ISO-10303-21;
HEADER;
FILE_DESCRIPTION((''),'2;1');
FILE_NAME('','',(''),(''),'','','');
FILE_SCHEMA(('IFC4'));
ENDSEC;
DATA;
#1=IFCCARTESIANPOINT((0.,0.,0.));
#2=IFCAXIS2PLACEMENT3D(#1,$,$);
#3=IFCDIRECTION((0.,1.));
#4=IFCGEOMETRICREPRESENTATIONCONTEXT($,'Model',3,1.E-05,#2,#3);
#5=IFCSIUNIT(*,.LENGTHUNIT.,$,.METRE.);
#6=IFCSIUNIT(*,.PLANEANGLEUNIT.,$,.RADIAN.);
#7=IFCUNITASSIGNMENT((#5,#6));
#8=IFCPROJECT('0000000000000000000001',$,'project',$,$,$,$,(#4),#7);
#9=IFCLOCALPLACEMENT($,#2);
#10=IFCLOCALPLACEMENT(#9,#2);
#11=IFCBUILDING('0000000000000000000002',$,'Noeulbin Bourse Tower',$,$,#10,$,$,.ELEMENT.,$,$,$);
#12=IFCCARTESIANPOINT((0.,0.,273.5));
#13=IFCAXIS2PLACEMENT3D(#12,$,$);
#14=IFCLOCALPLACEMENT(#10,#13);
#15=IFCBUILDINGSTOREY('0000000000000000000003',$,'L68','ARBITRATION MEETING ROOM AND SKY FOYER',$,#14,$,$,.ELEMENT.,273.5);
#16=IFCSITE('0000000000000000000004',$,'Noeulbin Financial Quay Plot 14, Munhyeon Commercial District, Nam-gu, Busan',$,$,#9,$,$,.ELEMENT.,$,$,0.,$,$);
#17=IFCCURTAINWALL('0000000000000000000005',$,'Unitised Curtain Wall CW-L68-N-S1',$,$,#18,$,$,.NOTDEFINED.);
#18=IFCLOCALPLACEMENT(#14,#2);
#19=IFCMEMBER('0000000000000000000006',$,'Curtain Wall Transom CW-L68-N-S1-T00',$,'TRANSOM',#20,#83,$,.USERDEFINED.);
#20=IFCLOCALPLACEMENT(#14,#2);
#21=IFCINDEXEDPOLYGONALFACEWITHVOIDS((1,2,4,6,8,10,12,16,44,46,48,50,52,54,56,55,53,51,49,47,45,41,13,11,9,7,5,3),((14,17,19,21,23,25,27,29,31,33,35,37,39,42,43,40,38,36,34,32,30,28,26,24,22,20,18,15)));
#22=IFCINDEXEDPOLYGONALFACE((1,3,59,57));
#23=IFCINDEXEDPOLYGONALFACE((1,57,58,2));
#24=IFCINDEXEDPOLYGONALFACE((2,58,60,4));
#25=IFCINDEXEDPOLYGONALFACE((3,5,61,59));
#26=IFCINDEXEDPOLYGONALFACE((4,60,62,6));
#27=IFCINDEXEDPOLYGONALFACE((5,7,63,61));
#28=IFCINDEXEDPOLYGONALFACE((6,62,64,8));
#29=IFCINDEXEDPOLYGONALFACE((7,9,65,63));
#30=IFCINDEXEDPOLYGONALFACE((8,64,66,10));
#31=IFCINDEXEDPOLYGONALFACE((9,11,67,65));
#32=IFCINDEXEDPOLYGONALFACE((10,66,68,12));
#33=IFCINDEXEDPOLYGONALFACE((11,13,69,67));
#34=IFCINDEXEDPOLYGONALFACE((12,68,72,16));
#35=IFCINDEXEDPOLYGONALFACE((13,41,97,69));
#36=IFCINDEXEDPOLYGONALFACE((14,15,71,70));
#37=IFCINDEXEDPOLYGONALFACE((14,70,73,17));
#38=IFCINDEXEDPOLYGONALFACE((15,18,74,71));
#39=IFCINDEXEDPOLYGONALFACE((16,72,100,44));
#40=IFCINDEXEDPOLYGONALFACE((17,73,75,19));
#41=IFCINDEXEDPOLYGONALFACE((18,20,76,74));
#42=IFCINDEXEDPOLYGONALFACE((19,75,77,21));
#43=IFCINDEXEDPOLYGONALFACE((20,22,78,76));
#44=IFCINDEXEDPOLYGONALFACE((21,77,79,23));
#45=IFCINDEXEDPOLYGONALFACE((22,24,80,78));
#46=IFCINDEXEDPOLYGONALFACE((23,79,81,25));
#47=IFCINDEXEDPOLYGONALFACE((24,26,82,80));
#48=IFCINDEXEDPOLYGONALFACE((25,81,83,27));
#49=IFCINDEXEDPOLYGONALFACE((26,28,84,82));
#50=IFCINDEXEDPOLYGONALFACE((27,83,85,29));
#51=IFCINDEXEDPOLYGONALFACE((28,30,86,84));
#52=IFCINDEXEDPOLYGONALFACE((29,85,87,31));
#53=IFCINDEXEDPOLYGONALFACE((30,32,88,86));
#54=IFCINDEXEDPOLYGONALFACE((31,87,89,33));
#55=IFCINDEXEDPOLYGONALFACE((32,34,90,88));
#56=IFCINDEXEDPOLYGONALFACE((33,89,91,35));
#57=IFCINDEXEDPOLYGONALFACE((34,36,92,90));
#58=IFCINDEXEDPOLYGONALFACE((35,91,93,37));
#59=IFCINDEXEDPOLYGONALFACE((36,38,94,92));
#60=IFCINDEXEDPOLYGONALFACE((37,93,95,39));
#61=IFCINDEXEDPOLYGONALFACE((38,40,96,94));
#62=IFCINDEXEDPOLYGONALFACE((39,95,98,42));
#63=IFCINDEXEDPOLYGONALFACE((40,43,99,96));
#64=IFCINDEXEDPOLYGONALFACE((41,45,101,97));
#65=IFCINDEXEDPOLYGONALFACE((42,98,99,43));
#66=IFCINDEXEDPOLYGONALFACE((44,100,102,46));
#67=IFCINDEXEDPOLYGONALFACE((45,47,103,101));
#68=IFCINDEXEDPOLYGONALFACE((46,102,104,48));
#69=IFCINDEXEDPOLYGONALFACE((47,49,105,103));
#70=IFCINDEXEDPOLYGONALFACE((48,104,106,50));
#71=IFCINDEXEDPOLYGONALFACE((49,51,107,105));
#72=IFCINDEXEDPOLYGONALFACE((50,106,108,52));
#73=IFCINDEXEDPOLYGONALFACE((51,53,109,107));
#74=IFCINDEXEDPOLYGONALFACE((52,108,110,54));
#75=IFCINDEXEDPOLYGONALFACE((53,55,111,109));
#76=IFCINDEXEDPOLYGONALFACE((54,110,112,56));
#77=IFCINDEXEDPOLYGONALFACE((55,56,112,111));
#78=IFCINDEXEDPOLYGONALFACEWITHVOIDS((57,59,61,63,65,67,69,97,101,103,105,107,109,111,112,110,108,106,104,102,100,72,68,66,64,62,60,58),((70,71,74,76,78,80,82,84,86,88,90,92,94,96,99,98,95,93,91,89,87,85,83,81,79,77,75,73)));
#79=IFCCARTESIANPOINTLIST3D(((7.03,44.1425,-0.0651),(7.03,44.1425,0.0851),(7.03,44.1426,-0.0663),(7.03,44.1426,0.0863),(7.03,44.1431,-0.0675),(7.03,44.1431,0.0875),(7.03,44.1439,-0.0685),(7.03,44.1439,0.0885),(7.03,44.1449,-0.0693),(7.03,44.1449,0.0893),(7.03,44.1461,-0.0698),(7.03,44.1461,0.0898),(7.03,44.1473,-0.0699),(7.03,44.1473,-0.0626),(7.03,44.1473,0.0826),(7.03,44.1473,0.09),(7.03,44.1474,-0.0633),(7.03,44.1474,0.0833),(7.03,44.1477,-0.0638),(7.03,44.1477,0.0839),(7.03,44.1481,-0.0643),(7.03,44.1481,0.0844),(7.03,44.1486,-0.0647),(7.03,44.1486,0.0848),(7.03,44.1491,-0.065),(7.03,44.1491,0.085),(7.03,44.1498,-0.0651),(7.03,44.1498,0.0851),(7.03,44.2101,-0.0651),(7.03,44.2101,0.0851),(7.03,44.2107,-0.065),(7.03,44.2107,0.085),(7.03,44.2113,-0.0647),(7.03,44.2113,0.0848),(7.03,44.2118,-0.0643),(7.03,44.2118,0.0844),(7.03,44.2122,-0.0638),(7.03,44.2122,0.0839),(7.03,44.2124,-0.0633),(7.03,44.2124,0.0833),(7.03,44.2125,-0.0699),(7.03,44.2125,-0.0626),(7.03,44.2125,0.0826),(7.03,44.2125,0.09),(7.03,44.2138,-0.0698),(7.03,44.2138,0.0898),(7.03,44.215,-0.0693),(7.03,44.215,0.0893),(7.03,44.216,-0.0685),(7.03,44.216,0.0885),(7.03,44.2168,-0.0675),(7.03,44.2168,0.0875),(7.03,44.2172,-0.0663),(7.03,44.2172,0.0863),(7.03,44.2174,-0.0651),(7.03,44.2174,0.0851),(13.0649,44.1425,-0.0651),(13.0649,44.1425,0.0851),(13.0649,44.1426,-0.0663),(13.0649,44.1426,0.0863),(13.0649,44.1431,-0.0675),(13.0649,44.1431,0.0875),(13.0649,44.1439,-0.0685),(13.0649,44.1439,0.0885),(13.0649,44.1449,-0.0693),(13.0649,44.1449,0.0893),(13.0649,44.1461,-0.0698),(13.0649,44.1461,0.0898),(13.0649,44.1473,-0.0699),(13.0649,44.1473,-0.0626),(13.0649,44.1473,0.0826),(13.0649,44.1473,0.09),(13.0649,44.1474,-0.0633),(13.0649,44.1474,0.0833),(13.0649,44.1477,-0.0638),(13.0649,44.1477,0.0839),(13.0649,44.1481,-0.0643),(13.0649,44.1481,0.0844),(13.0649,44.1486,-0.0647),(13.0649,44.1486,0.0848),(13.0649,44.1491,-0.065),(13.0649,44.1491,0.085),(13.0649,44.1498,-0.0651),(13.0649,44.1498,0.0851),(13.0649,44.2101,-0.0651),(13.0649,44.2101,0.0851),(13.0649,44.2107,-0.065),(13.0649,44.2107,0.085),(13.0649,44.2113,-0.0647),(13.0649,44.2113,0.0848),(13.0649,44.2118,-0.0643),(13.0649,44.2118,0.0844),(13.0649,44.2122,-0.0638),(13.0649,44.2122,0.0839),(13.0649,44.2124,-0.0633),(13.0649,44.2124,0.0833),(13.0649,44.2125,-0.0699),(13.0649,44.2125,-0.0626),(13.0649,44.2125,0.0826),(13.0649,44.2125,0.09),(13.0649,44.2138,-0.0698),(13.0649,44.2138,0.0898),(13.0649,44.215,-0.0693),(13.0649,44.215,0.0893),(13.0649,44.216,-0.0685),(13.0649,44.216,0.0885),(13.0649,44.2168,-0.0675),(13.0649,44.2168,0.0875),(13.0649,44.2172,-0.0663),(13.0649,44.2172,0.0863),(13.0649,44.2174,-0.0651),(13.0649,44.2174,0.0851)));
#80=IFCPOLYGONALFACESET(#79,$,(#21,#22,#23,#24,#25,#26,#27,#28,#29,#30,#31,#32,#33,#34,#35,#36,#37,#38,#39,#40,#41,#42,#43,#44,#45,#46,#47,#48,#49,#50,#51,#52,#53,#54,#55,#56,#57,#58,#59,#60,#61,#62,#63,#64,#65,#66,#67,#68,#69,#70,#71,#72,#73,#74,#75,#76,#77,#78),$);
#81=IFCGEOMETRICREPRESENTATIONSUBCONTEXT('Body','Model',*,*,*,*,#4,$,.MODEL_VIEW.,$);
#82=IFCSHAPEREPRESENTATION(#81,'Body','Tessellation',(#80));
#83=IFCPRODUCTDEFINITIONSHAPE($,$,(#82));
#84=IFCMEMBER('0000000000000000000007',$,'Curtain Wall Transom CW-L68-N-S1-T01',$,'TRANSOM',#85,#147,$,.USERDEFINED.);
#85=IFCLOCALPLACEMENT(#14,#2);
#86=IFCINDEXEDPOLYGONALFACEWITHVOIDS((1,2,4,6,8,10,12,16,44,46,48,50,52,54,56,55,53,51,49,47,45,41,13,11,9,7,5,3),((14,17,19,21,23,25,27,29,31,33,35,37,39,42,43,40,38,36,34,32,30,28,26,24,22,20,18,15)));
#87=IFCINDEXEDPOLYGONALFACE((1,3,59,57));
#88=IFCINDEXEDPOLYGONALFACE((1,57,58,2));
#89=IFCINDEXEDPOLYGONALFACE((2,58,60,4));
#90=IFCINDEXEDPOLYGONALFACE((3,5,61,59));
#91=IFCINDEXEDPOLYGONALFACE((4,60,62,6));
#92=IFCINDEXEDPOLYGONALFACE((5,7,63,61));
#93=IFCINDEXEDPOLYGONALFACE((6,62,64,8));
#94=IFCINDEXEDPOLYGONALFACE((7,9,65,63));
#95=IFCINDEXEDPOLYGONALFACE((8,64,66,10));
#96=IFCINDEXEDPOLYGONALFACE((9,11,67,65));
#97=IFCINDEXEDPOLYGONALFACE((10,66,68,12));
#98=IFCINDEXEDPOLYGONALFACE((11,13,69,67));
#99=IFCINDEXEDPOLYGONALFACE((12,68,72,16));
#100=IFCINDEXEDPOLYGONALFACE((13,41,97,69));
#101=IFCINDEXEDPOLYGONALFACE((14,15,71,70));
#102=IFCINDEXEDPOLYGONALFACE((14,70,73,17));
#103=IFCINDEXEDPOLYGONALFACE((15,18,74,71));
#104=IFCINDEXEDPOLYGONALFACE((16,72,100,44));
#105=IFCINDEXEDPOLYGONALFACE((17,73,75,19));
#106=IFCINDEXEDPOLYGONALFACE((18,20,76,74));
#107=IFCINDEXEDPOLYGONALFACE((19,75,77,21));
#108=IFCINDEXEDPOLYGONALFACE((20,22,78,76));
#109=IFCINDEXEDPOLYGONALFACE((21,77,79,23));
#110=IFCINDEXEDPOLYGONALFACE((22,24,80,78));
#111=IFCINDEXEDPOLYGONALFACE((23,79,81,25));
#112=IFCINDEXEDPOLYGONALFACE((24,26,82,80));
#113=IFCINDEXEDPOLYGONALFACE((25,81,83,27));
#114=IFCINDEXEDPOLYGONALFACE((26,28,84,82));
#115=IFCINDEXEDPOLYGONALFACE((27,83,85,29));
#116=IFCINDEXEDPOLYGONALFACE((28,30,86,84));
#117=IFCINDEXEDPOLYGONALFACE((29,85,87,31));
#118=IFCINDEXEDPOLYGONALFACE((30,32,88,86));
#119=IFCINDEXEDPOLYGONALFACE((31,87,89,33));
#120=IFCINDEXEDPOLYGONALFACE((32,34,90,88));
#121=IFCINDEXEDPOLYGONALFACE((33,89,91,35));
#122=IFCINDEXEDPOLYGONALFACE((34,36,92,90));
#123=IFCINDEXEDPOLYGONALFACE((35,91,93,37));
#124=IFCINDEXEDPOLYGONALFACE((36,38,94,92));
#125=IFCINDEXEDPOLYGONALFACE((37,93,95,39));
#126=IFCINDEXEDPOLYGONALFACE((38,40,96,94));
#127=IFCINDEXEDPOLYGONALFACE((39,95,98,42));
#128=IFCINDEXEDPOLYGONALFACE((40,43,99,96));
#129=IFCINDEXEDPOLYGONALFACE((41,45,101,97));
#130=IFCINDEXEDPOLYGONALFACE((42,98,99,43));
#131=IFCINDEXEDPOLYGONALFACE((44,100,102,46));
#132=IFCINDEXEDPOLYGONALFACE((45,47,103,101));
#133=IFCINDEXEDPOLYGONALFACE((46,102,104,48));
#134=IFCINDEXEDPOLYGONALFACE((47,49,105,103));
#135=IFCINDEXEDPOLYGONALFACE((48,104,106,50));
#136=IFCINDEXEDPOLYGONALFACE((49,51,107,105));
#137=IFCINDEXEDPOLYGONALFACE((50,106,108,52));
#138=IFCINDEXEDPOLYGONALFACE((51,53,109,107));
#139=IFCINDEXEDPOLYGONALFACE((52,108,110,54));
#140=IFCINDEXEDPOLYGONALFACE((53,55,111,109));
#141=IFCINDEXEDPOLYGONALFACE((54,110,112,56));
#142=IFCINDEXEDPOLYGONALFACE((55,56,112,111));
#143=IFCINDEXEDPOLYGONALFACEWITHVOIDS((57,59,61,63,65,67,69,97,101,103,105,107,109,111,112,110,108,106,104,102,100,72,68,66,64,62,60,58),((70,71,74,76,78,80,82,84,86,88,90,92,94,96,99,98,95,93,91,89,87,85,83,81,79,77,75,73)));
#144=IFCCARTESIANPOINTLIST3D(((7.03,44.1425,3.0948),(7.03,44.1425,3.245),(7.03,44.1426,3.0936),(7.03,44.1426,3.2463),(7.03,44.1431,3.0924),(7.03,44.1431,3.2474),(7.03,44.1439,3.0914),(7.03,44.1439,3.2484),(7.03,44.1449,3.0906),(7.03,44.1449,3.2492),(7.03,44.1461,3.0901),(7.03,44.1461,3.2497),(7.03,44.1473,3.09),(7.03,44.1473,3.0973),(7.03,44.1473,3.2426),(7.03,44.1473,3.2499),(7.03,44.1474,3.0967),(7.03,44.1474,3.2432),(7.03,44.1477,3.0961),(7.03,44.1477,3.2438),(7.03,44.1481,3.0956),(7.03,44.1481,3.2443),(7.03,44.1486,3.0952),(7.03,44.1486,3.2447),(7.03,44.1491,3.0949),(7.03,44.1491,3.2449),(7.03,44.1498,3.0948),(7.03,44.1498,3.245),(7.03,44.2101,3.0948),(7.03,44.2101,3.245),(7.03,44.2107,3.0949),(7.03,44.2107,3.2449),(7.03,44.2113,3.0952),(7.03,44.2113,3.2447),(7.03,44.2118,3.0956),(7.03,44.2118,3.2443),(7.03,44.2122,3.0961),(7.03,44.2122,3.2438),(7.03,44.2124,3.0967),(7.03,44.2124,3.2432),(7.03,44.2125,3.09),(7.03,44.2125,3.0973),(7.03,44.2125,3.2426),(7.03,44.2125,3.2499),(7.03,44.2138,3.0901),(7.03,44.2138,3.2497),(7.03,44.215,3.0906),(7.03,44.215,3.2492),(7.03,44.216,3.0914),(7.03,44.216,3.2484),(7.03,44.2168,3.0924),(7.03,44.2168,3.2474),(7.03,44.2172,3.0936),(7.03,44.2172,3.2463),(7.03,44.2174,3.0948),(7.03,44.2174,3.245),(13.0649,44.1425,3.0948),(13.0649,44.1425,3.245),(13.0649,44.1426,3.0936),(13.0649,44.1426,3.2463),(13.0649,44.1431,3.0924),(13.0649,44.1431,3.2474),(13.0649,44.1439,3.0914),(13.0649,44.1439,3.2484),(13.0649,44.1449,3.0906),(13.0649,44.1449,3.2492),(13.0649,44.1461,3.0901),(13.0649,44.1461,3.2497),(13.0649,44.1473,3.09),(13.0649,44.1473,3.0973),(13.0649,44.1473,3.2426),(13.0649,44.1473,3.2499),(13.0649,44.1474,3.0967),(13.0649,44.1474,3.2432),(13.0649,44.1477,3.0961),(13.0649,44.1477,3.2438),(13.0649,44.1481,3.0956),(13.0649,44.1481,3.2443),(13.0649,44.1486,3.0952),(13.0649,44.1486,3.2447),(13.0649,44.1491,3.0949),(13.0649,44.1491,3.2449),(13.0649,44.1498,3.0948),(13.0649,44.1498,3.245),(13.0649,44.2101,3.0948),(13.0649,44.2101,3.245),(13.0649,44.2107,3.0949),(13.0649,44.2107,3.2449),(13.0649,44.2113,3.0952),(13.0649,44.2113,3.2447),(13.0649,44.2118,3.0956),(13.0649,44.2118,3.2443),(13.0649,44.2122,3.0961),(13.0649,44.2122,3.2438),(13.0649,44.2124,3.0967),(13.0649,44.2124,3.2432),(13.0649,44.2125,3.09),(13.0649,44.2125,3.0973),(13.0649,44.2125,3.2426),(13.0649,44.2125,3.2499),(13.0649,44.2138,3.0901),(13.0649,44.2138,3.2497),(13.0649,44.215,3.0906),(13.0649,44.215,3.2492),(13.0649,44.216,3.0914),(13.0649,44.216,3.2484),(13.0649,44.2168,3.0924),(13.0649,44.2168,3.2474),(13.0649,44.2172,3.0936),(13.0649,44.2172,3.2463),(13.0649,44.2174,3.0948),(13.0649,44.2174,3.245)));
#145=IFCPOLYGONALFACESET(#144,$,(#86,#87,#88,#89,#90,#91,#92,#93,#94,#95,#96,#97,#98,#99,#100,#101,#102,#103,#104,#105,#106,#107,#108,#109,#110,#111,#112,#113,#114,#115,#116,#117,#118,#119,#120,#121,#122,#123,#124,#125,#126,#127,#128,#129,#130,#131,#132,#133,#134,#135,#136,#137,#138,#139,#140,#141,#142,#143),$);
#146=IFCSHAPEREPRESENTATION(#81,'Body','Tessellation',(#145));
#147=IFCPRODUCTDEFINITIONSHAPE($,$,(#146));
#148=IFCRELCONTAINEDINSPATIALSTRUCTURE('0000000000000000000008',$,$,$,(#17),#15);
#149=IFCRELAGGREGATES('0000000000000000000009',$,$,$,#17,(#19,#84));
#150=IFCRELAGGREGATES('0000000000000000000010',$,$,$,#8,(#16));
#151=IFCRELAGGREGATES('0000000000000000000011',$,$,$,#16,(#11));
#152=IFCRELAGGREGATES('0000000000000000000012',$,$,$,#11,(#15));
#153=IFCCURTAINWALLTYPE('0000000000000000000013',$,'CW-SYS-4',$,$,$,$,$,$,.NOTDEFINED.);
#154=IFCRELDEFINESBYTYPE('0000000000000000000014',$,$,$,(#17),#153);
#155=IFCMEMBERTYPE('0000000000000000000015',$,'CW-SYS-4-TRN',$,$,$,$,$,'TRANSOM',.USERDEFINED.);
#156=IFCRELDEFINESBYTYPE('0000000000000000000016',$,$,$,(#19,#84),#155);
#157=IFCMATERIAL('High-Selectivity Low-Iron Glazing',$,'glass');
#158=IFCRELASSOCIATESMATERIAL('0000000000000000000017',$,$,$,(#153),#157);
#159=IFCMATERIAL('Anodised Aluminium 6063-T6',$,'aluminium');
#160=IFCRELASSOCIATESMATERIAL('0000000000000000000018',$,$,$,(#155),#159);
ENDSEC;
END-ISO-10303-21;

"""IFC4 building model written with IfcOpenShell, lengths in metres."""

from ifc_helpers import new_model, si_unit, direction, frame, origin, origin_2d, place, context, subcontext, project, spatial, hollow_rectangle, extrude, material, material_profile, profile_set, type_object, element, aggregate, save


model = new_model("IFC4")

# Units and contexts
model_context = context("Model", 3, precision=1e-05, world=origin(), true_north=direction((0.0, 1.0)))
body_context = subcontext(model_context, "Body", "Model", "MODEL_VIEW")
ifc_project = project(units=[si_unit("LENGTHUNIT", "METRE"), si_unit("PLANEANGLEUNIT", "RADIAN")], contexts=[model_context])

# Site, building, storey
site_placement = place(None, origin())
site = spatial("IfcSite", under=ifc_project, at=site_placement, Name="Noeulbin Financial Quay Plot 14, Munhyeon Commercial District, Nam-gu, Busan", CompositionType="ELEMENT", RefElevation=0.0)
building_placement = place(site_placement, origin())
building = spatial("IfcBuilding", under=site, at=building_placement, Name="Noeulbin Bourse Tower", CompositionType="ELEMENT")
storey_placement = place(building_placement, frame((0.0, 0.0, 273.5)))
storey = spatial("IfcBuildingStorey", under=building, at=storey_placement, Name="L68", Description="ARBITRATION MEETING ROOM AND SKY FOYER", CompositionType="ELEMENT", Elevation=273.5)

# Curtain wall
ifc_material_1 = material(Name="High-Selectivity Low-Iron Glazing", Category="glass")
curtain_wall_type = type_object("IfcCurtainWallType", Name="CW-SYS-4", PredefinedType="NOTDEFINED", material=ifc_material_1)
curtain_wall_1_placement = place(storey_placement, origin())
curtain_wall_1 = element("IfcCurtainWall", 1, at=curtain_wall_1_placement, inside=storey, type_object=curtain_wall_type, Name="Unitised Curtain Wall CW-L68-N-S1", PredefinedType="NOTDEFINED")
ifc_material_2 = material(Name="Anodised Aluminium 6063-T6", Category="aluminium")

# Members
ifc_material_profile_1 = material_profile(ifc_material_2, hollow_rectangle(XDim=0.075, YDim=0.1599, WallThickness=0.0049, InnerFilletRadius=0.0024, OuterFilletRadius=0.0049, at=origin_2d()), Name="ALU-TRAN-75x160x5", Category="LoadBearing")
ifc_profile_set_1 = profile_set([ifc_material_profile_1], Name="Anodised Aluminium 6063-T6")
member_type_1 = type_object("IfcMemberType", Name="CW-SYS-4-TRN", ElementType="TRANSOM", PredefinedType="USERDEFINED", material=ifc_profile_set_1)
member_1_placement = place(storey_placement, frame((7.03, 44.1799, 0.01), z_axis=(1.0, 0.0, 0.0), x_axis=(0.0, 1.0, 0.0)))
member_1 = element("IfcMember", 2, at=member_1_placement, type_object=member_type_1, Name="Curtain Wall Transom CW-L68-N-S1-T00", ObjectType="TRANSOM", PredefinedType="USERDEFINED", context=body_context, shape_type="SweptSolid", body=[
    extrude(hollow_rectangle(XDim=0.075, YDim=0.1599, WallThickness=0.0049, InnerFilletRadius=0.0024, OuterFilletRadius=0.0049, at=origin_2d()), origin(), (0.0, 0.0, 1.0), 6.0349),
])
member_2_placement = place(storey_placement, frame((7.03, 44.1799, 3.1699), z_axis=(1.0, 0.0, 0.0), x_axis=(0.0, 1.0, 0.0)))
member_2 = element("IfcMember", 3, at=member_2_placement, type_object=member_type_1, Name="Curtain Wall Transom CW-L68-N-S1-T01", ObjectType="TRANSOM", PredefinedType="USERDEFINED", context=body_context, shape_type="SweptSolid", body=[
    extrude(hollow_rectangle(XDim=0.075, YDim=0.1599, WallThickness=0.0049, InnerFilletRadius=0.0024, OuterFilletRadius=0.0049, at=origin_2d()), origin(), (0.0, 0.0, 1.0), 6.0349),
])

aggregate(curtain_wall_1, [member_1, member_2])

save(model, "model.ifc")
